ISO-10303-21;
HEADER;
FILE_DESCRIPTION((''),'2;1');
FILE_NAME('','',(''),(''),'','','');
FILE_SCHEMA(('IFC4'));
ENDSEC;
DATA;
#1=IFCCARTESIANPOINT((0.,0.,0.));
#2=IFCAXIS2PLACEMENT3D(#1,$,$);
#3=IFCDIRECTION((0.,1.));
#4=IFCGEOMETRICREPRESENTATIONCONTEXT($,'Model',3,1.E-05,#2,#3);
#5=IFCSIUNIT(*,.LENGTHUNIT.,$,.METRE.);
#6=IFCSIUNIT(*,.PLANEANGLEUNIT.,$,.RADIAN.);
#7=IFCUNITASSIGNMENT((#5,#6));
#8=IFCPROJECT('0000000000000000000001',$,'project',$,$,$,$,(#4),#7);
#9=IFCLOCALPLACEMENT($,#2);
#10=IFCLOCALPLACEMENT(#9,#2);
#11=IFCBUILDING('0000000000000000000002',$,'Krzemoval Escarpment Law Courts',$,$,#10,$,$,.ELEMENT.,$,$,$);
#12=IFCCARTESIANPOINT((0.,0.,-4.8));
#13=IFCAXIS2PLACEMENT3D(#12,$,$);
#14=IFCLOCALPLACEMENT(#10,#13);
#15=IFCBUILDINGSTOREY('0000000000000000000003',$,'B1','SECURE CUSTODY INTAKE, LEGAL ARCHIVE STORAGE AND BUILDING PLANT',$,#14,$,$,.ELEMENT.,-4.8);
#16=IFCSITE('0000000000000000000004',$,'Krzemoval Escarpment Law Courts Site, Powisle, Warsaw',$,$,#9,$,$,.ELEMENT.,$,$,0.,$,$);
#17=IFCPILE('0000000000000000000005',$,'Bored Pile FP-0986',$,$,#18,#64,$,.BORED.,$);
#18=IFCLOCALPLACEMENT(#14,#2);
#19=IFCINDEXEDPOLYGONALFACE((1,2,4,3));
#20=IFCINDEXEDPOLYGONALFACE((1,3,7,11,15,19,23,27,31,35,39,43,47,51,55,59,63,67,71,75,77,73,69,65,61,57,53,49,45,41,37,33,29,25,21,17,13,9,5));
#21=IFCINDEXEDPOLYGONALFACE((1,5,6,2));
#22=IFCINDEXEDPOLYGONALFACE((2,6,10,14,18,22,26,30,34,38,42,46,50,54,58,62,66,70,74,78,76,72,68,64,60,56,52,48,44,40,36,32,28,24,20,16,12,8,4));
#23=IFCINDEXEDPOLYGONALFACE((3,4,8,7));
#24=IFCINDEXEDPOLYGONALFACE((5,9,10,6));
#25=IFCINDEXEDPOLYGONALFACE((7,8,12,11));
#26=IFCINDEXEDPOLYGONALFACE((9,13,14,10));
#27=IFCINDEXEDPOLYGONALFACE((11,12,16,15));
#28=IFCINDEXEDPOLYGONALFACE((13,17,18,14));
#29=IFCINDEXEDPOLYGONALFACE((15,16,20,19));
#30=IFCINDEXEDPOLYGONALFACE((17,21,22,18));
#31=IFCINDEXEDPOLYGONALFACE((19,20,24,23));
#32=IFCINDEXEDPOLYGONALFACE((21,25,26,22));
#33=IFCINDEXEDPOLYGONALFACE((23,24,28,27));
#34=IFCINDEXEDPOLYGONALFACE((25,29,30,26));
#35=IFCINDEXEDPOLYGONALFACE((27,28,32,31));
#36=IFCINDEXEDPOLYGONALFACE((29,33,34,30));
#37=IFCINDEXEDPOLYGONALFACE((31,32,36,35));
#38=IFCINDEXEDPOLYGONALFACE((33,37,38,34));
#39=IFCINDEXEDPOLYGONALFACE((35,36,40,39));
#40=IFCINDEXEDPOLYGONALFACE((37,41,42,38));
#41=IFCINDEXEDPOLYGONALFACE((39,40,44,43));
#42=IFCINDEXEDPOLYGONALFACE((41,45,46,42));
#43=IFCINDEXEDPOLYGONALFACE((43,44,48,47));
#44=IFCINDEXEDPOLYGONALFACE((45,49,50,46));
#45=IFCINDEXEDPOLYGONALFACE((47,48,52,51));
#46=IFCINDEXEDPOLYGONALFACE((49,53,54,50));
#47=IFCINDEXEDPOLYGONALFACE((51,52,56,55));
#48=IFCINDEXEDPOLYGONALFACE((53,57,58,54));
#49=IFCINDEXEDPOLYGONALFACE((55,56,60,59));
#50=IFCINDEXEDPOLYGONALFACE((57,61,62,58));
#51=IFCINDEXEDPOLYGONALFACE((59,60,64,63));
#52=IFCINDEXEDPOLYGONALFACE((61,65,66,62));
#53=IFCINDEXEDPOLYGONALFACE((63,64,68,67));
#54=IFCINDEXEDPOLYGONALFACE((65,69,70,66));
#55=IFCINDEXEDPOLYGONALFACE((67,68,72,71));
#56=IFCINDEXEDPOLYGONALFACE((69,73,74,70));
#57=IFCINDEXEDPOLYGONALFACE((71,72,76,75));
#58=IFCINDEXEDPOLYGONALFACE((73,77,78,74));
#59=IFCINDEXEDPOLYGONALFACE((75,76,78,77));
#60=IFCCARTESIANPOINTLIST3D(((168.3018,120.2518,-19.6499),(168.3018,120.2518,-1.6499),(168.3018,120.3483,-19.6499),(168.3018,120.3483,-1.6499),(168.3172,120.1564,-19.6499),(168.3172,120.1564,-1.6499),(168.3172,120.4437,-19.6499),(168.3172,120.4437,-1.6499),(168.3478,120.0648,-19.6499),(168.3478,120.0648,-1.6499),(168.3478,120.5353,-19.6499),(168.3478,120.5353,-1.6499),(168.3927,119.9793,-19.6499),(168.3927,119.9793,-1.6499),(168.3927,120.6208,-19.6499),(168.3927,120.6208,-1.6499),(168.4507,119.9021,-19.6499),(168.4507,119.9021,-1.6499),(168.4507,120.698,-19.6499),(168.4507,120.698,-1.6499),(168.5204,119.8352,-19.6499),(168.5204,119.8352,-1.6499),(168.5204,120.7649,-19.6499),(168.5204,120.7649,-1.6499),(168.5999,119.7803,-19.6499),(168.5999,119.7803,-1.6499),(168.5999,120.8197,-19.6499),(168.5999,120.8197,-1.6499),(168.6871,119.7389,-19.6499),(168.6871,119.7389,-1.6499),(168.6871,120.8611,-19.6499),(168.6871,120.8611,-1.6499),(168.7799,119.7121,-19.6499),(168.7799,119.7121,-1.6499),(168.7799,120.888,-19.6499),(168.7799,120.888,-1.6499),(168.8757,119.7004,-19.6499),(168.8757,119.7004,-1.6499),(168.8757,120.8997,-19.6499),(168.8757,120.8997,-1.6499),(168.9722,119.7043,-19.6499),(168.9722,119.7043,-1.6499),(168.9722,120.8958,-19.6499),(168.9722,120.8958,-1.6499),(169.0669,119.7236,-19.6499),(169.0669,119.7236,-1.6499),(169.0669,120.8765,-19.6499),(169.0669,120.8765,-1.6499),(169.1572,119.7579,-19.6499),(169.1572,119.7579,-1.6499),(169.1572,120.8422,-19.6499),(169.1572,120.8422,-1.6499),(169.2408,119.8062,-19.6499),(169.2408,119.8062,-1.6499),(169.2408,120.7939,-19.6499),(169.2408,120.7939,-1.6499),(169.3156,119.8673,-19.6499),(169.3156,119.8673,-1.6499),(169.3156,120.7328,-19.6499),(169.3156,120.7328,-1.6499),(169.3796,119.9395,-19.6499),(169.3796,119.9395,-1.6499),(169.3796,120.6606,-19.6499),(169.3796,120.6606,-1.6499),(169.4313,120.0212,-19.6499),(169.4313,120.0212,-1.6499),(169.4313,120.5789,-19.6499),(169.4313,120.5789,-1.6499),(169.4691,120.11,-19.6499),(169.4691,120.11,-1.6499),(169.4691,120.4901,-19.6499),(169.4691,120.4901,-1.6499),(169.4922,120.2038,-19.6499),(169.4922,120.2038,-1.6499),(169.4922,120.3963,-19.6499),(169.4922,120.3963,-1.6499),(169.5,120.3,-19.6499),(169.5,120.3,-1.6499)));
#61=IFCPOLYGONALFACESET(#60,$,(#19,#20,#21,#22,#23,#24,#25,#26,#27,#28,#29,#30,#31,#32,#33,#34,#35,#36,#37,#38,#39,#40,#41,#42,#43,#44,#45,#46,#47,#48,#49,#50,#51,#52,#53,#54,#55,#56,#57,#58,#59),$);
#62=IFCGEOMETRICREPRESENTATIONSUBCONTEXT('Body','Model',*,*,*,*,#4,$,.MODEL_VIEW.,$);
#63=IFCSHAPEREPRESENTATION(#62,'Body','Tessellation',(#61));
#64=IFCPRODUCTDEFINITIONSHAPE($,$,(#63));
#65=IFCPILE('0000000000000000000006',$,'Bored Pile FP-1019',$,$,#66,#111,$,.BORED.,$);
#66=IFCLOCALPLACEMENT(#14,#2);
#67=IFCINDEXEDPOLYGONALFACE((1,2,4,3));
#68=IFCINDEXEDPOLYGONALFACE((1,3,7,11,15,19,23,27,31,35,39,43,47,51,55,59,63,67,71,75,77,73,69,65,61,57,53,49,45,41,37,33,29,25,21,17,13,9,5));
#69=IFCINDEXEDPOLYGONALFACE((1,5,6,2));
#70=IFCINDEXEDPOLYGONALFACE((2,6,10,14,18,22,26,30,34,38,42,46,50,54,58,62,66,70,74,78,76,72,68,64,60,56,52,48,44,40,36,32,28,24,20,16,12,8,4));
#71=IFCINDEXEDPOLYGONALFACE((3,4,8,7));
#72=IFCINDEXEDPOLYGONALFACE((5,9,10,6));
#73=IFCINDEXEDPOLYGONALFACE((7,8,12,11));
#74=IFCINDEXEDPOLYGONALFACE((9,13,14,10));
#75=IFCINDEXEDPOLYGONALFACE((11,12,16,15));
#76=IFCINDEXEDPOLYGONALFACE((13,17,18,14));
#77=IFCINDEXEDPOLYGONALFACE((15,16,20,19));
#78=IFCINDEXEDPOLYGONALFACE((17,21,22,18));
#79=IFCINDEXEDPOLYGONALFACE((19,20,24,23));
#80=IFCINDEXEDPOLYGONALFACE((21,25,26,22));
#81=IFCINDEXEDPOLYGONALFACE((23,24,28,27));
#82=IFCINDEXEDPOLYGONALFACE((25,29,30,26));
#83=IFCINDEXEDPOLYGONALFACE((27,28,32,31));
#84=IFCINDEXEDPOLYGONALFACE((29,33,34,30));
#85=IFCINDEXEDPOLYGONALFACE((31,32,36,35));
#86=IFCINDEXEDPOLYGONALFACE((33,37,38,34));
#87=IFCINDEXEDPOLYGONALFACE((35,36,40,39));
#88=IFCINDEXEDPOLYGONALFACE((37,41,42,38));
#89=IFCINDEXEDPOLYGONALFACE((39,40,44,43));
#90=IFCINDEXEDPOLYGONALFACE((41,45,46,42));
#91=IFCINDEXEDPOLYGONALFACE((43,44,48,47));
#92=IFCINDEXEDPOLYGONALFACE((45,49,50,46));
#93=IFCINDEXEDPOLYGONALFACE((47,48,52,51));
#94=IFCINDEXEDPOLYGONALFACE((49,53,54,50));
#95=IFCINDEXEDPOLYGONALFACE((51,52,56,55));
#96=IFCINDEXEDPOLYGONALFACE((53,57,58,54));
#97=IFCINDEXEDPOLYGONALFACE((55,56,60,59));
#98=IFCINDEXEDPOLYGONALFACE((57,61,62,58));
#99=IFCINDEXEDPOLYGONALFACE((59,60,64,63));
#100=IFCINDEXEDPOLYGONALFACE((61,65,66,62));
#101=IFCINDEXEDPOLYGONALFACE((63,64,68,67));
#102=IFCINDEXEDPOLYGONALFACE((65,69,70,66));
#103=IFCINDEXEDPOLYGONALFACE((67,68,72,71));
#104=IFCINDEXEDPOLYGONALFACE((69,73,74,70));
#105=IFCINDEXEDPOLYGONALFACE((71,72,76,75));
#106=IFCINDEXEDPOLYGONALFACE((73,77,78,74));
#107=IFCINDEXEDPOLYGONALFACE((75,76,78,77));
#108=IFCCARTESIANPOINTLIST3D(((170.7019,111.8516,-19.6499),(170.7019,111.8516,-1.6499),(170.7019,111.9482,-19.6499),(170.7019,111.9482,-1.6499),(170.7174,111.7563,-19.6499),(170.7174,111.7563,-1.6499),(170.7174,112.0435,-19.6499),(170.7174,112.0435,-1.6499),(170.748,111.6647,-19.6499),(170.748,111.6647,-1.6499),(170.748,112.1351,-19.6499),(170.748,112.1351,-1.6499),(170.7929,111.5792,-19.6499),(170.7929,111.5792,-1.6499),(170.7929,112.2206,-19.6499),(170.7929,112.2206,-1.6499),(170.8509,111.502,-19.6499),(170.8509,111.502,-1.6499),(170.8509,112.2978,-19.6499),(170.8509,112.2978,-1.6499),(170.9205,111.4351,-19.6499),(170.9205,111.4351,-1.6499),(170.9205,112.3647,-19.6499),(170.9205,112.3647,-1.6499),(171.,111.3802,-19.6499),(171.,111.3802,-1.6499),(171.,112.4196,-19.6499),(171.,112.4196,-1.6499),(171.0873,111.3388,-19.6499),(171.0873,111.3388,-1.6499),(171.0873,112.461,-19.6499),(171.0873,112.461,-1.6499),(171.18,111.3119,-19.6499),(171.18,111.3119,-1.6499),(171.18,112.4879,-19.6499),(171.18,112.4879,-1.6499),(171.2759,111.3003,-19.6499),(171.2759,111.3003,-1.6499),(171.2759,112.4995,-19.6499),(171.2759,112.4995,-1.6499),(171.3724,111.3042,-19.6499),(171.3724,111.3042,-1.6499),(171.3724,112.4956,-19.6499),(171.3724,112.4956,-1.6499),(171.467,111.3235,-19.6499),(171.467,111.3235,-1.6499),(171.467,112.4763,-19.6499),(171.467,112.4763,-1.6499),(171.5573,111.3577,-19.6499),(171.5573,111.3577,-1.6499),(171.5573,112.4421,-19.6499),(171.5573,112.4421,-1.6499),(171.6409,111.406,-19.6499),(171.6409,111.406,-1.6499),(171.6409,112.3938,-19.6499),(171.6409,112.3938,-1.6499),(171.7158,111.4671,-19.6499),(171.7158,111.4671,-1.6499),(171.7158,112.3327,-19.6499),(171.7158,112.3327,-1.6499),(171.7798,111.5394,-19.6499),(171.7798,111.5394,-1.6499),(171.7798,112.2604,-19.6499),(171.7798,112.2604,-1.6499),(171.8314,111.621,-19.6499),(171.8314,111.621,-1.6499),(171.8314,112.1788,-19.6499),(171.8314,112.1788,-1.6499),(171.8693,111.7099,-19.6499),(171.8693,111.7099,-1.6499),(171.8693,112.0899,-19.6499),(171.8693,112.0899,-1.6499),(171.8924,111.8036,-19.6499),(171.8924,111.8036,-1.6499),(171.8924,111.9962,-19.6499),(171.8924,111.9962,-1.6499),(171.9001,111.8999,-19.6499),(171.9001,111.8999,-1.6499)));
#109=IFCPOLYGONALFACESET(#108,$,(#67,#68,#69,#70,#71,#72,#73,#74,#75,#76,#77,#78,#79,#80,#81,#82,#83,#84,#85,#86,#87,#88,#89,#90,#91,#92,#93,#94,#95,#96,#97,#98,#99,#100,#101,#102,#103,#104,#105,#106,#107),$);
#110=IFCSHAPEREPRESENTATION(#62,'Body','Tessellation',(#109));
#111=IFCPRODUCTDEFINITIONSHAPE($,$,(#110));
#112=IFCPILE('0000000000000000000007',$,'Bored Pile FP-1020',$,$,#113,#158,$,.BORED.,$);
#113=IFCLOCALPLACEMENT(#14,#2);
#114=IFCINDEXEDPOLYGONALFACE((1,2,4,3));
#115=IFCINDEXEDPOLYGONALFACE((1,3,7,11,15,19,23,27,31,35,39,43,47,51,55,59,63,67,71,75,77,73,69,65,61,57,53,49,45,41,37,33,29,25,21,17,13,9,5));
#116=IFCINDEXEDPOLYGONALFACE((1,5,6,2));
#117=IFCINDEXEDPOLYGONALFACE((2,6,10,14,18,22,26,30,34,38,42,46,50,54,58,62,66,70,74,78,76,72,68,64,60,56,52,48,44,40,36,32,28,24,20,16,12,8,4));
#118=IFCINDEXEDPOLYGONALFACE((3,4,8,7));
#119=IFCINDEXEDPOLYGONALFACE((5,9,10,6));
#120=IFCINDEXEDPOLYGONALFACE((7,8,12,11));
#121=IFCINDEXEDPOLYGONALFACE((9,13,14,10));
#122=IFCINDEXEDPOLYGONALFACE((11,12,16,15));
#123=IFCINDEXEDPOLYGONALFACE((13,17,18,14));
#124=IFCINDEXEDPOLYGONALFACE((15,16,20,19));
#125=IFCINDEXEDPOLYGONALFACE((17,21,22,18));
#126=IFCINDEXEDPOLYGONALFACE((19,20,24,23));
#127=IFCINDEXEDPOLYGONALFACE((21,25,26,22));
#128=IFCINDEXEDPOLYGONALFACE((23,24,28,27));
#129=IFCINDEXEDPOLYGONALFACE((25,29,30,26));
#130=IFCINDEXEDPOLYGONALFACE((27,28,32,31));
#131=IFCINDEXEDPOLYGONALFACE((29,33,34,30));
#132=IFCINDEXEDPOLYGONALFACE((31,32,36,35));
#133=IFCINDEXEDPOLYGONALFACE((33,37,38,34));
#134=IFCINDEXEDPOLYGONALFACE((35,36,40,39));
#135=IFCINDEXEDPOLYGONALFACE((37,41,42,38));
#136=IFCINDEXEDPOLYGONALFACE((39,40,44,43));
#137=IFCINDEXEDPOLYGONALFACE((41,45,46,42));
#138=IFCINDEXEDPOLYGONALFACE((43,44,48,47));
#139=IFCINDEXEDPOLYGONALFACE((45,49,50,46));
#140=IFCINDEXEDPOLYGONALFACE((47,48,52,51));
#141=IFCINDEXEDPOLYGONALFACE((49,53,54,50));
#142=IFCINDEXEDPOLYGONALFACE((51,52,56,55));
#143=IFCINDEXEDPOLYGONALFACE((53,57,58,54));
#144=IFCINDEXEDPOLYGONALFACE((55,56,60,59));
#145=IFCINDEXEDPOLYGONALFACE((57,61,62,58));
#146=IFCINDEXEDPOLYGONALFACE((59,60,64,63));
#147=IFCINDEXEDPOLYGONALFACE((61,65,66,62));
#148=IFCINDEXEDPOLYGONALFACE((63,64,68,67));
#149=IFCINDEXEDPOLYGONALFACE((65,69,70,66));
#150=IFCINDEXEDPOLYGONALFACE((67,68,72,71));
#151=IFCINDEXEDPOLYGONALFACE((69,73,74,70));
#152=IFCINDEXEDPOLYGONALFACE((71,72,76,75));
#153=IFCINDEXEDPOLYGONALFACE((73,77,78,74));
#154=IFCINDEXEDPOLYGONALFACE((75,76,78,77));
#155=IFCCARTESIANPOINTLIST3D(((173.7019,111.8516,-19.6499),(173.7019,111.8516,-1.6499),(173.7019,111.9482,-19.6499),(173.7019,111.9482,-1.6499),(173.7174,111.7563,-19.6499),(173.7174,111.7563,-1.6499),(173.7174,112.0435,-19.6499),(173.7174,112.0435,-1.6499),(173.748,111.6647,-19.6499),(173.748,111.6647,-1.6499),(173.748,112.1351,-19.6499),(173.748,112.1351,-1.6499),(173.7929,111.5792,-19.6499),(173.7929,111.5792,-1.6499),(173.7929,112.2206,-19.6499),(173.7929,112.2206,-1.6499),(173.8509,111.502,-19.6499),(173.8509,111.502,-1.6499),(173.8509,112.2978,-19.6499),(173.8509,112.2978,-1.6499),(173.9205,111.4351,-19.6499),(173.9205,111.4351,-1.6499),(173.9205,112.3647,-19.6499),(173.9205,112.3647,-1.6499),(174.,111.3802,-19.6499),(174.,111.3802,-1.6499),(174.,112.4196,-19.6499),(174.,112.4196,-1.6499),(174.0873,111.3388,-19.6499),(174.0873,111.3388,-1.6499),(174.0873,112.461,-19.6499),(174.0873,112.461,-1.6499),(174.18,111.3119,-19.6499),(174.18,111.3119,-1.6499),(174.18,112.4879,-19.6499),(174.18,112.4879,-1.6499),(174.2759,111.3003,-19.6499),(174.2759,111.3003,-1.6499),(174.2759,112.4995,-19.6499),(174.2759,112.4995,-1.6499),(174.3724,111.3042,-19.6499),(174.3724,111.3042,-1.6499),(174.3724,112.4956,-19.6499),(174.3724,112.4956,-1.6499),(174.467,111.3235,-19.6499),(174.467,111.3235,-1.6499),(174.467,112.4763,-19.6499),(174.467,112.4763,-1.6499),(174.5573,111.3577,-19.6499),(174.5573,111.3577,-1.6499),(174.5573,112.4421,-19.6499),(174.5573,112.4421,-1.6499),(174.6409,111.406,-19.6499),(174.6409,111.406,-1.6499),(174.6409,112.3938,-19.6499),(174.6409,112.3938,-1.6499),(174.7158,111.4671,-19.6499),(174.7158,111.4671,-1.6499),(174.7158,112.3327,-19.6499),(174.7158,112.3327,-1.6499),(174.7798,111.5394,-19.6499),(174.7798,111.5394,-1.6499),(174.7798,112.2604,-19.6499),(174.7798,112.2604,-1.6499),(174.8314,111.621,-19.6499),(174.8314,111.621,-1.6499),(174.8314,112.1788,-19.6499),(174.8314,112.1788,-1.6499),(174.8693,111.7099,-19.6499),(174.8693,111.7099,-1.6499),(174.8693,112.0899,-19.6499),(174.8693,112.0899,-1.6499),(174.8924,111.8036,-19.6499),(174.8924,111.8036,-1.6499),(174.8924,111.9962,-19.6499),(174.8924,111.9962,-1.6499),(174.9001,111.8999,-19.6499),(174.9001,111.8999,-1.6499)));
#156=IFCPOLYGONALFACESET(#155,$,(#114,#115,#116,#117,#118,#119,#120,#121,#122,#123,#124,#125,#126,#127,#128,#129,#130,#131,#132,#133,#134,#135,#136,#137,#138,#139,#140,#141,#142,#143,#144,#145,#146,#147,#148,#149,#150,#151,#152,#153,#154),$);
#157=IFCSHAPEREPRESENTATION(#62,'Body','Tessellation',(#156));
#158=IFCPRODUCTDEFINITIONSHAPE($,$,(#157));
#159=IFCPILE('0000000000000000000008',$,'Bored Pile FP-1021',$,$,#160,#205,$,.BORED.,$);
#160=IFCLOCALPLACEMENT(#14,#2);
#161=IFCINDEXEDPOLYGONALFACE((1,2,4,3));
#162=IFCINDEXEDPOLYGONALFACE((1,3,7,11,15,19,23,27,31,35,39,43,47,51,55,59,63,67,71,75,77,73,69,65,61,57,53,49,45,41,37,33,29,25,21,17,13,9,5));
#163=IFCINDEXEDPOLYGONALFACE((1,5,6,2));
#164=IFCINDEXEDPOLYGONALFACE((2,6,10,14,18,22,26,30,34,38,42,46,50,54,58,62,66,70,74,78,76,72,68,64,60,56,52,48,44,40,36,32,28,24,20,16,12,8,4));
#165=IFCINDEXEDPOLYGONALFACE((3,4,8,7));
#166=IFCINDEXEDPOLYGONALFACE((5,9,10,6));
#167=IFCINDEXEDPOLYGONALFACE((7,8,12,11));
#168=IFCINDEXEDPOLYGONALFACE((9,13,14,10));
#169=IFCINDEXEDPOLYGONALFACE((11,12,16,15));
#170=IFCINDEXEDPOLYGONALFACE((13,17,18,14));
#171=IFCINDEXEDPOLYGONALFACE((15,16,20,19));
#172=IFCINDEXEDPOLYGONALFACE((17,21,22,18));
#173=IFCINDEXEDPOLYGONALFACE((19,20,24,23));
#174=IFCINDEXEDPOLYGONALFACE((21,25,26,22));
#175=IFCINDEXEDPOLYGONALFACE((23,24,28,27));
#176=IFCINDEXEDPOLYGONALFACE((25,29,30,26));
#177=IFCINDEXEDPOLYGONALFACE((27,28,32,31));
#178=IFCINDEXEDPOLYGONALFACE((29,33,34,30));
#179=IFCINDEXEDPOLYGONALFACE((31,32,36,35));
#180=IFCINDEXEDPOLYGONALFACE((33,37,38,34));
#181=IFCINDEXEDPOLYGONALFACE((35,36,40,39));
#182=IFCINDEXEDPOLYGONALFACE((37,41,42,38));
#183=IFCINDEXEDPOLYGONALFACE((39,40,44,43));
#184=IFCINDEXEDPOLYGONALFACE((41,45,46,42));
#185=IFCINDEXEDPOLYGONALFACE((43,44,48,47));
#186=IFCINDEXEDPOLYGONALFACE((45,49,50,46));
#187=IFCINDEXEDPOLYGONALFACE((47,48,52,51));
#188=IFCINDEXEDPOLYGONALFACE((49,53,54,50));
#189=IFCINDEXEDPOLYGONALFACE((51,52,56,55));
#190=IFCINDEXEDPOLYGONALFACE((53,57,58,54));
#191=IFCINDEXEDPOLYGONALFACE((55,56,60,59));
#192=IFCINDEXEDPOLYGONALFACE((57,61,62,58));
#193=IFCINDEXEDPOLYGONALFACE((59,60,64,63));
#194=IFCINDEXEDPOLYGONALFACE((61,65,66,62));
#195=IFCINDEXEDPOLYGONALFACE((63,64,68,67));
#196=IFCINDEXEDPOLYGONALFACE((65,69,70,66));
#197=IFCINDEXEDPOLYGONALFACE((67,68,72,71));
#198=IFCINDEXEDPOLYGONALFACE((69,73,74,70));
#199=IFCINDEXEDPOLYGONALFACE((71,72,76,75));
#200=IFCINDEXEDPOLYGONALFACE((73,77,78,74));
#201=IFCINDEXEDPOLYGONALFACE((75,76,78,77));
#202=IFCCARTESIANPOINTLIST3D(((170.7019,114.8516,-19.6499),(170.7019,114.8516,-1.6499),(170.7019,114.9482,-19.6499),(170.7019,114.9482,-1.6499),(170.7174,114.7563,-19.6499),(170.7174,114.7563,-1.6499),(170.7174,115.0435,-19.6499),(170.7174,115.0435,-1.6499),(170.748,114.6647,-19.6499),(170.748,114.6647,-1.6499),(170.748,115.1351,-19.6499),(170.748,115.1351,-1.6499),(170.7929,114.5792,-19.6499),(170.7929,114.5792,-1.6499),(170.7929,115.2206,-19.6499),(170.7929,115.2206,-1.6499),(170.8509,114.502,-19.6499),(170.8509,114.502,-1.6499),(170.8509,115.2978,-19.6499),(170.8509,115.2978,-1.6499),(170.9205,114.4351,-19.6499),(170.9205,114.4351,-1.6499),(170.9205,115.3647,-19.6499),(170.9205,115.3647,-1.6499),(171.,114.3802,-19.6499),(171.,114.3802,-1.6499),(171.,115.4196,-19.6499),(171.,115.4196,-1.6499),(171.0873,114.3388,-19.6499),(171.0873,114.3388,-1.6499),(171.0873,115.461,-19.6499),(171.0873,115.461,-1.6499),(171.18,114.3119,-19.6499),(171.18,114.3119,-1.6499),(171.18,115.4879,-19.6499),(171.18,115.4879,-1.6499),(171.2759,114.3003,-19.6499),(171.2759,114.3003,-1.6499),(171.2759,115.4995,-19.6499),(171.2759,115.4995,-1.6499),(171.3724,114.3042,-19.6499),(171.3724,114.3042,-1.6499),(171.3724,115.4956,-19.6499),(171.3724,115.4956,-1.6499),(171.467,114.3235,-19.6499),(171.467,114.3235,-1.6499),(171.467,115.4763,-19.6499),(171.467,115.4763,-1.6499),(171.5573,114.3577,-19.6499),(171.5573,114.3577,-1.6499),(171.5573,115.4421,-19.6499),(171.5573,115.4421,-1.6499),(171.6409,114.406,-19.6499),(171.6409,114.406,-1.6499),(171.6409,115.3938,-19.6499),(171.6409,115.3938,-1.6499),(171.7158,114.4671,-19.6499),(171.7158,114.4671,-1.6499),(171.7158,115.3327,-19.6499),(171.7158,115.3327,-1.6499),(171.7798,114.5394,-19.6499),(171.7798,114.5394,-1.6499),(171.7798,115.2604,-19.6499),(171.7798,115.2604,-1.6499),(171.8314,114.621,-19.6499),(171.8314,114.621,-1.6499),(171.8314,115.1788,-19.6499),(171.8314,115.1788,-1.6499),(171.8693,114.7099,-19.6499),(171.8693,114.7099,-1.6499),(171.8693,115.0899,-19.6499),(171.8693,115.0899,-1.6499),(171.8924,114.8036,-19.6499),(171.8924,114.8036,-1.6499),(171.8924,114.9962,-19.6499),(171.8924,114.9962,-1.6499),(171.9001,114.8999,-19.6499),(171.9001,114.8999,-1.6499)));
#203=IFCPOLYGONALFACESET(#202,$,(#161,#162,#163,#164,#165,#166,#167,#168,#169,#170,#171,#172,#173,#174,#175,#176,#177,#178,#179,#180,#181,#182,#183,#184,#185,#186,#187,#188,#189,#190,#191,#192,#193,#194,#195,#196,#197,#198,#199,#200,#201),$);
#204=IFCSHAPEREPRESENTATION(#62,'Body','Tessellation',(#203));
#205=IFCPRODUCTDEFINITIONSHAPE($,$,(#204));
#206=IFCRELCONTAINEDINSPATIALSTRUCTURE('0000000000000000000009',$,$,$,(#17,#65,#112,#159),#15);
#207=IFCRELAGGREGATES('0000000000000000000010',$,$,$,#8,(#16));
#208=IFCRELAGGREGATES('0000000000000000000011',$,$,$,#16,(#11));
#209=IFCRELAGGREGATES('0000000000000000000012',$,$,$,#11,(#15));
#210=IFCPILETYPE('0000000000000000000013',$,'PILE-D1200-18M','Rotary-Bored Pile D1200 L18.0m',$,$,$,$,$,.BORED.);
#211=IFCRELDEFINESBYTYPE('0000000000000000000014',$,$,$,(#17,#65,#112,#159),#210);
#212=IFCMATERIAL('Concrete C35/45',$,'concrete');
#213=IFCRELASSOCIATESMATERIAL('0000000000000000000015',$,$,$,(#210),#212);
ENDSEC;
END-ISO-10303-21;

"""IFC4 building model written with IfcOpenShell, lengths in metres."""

from ifc_helpers import new_model, si_unit, direction, frame, origin, origin_2d, place, context, subcontext, project, spatial, circle, extrude, material, material_profile, profile_set, type_object, element, save


model = new_model("IFC4")

# Units and contexts
model_context = context("Model", 3, precision=1e-05, world=origin(), true_north=direction((0.0, 1.0)))
body_context = subcontext(model_context, "Body", "Model", "MODEL_VIEW")
ifc_project = project(units=[si_unit("LENGTHUNIT", "METRE"), si_unit("PLANEANGLEUNIT", "RADIAN")], contexts=[model_context])

# Site, building, storey
site_placement = place(None, origin())
site = spatial("IfcSite", under=ifc_project, at=site_placement, Name="Krzemoval Escarpment Law Courts Site, Powisle, Warsaw", CompositionType="ELEMENT", RefElevation=0.0)
building_placement = place(site_placement, origin())
building = spatial("IfcBuilding", under=site, at=building_placement, Name="Krzemoval Escarpment Law Courts", CompositionType="ELEMENT")
storey_placement = place(building_placement, frame((0.0, 0.0, -4.8)))
storey = spatial("IfcBuildingStorey", under=building, at=storey_placement, Name="B1", Description="SECURE CUSTODY INTAKE, LEGAL ARCHIVE STORAGE AND BUILDING PLANT", CompositionType="ELEMENT", Elevation=-4.8)

# Piles
ifc_material_1 = material(Name="Concrete C35/45", Category="concrete")
ifc_material_profile_1 = material_profile(ifc_material_1, circle(Radius=0.6001, at=origin_2d()), Name="PILE D1200")
ifc_profile_set_1 = profile_set([ifc_material_profile_1], Name="Concrete C35/45")
pile_type = type_object("IfcPileType", Name="PILE-D1200-18M", Description="Rotary-Bored Pile D1200 L18.0m", PredefinedType="BORED", material=ifc_profile_set_1)
for number, where, z_axis, x_axis, name in (
    (1, (168.8999, 120.3, -1.6499), (0.0, 0.0, -1.0), (1.0, 0.0, 0.0), "Bored Pile FP-0986"),
    (2, (171.3, 111.8999, -1.6499), (0.0, 0.0, -1.0), (1.0, 0.0, 0.0), "Bored Pile FP-1019"),
    (3, (174.3, 111.8999, -1.6499), (0.0, 0.0, -1.0), (1.0, 0.0, 0.0), "Bored Pile FP-1020"),
    (4, (171.3, 114.8999, -1.6499), (0.0, 0.0, -1.0), (1.0, 0.0, 0.0), "Bored Pile FP-1021"),
):
    element("IfcPile", number, at=place(storey_placement, frame(where, z_axis=z_axis, x_axis=x_axis)), inside=storey, type_object=pile_type, Name=name, PredefinedType="BORED", context=body_context, shape_type="SweptSolid", body=[
        extrude(circle(Radius=0.6001, at=origin_2d()), origin(), (0.0, 0.0, 1.0), 18.0),
    ])

save(model, "model.ifc")
